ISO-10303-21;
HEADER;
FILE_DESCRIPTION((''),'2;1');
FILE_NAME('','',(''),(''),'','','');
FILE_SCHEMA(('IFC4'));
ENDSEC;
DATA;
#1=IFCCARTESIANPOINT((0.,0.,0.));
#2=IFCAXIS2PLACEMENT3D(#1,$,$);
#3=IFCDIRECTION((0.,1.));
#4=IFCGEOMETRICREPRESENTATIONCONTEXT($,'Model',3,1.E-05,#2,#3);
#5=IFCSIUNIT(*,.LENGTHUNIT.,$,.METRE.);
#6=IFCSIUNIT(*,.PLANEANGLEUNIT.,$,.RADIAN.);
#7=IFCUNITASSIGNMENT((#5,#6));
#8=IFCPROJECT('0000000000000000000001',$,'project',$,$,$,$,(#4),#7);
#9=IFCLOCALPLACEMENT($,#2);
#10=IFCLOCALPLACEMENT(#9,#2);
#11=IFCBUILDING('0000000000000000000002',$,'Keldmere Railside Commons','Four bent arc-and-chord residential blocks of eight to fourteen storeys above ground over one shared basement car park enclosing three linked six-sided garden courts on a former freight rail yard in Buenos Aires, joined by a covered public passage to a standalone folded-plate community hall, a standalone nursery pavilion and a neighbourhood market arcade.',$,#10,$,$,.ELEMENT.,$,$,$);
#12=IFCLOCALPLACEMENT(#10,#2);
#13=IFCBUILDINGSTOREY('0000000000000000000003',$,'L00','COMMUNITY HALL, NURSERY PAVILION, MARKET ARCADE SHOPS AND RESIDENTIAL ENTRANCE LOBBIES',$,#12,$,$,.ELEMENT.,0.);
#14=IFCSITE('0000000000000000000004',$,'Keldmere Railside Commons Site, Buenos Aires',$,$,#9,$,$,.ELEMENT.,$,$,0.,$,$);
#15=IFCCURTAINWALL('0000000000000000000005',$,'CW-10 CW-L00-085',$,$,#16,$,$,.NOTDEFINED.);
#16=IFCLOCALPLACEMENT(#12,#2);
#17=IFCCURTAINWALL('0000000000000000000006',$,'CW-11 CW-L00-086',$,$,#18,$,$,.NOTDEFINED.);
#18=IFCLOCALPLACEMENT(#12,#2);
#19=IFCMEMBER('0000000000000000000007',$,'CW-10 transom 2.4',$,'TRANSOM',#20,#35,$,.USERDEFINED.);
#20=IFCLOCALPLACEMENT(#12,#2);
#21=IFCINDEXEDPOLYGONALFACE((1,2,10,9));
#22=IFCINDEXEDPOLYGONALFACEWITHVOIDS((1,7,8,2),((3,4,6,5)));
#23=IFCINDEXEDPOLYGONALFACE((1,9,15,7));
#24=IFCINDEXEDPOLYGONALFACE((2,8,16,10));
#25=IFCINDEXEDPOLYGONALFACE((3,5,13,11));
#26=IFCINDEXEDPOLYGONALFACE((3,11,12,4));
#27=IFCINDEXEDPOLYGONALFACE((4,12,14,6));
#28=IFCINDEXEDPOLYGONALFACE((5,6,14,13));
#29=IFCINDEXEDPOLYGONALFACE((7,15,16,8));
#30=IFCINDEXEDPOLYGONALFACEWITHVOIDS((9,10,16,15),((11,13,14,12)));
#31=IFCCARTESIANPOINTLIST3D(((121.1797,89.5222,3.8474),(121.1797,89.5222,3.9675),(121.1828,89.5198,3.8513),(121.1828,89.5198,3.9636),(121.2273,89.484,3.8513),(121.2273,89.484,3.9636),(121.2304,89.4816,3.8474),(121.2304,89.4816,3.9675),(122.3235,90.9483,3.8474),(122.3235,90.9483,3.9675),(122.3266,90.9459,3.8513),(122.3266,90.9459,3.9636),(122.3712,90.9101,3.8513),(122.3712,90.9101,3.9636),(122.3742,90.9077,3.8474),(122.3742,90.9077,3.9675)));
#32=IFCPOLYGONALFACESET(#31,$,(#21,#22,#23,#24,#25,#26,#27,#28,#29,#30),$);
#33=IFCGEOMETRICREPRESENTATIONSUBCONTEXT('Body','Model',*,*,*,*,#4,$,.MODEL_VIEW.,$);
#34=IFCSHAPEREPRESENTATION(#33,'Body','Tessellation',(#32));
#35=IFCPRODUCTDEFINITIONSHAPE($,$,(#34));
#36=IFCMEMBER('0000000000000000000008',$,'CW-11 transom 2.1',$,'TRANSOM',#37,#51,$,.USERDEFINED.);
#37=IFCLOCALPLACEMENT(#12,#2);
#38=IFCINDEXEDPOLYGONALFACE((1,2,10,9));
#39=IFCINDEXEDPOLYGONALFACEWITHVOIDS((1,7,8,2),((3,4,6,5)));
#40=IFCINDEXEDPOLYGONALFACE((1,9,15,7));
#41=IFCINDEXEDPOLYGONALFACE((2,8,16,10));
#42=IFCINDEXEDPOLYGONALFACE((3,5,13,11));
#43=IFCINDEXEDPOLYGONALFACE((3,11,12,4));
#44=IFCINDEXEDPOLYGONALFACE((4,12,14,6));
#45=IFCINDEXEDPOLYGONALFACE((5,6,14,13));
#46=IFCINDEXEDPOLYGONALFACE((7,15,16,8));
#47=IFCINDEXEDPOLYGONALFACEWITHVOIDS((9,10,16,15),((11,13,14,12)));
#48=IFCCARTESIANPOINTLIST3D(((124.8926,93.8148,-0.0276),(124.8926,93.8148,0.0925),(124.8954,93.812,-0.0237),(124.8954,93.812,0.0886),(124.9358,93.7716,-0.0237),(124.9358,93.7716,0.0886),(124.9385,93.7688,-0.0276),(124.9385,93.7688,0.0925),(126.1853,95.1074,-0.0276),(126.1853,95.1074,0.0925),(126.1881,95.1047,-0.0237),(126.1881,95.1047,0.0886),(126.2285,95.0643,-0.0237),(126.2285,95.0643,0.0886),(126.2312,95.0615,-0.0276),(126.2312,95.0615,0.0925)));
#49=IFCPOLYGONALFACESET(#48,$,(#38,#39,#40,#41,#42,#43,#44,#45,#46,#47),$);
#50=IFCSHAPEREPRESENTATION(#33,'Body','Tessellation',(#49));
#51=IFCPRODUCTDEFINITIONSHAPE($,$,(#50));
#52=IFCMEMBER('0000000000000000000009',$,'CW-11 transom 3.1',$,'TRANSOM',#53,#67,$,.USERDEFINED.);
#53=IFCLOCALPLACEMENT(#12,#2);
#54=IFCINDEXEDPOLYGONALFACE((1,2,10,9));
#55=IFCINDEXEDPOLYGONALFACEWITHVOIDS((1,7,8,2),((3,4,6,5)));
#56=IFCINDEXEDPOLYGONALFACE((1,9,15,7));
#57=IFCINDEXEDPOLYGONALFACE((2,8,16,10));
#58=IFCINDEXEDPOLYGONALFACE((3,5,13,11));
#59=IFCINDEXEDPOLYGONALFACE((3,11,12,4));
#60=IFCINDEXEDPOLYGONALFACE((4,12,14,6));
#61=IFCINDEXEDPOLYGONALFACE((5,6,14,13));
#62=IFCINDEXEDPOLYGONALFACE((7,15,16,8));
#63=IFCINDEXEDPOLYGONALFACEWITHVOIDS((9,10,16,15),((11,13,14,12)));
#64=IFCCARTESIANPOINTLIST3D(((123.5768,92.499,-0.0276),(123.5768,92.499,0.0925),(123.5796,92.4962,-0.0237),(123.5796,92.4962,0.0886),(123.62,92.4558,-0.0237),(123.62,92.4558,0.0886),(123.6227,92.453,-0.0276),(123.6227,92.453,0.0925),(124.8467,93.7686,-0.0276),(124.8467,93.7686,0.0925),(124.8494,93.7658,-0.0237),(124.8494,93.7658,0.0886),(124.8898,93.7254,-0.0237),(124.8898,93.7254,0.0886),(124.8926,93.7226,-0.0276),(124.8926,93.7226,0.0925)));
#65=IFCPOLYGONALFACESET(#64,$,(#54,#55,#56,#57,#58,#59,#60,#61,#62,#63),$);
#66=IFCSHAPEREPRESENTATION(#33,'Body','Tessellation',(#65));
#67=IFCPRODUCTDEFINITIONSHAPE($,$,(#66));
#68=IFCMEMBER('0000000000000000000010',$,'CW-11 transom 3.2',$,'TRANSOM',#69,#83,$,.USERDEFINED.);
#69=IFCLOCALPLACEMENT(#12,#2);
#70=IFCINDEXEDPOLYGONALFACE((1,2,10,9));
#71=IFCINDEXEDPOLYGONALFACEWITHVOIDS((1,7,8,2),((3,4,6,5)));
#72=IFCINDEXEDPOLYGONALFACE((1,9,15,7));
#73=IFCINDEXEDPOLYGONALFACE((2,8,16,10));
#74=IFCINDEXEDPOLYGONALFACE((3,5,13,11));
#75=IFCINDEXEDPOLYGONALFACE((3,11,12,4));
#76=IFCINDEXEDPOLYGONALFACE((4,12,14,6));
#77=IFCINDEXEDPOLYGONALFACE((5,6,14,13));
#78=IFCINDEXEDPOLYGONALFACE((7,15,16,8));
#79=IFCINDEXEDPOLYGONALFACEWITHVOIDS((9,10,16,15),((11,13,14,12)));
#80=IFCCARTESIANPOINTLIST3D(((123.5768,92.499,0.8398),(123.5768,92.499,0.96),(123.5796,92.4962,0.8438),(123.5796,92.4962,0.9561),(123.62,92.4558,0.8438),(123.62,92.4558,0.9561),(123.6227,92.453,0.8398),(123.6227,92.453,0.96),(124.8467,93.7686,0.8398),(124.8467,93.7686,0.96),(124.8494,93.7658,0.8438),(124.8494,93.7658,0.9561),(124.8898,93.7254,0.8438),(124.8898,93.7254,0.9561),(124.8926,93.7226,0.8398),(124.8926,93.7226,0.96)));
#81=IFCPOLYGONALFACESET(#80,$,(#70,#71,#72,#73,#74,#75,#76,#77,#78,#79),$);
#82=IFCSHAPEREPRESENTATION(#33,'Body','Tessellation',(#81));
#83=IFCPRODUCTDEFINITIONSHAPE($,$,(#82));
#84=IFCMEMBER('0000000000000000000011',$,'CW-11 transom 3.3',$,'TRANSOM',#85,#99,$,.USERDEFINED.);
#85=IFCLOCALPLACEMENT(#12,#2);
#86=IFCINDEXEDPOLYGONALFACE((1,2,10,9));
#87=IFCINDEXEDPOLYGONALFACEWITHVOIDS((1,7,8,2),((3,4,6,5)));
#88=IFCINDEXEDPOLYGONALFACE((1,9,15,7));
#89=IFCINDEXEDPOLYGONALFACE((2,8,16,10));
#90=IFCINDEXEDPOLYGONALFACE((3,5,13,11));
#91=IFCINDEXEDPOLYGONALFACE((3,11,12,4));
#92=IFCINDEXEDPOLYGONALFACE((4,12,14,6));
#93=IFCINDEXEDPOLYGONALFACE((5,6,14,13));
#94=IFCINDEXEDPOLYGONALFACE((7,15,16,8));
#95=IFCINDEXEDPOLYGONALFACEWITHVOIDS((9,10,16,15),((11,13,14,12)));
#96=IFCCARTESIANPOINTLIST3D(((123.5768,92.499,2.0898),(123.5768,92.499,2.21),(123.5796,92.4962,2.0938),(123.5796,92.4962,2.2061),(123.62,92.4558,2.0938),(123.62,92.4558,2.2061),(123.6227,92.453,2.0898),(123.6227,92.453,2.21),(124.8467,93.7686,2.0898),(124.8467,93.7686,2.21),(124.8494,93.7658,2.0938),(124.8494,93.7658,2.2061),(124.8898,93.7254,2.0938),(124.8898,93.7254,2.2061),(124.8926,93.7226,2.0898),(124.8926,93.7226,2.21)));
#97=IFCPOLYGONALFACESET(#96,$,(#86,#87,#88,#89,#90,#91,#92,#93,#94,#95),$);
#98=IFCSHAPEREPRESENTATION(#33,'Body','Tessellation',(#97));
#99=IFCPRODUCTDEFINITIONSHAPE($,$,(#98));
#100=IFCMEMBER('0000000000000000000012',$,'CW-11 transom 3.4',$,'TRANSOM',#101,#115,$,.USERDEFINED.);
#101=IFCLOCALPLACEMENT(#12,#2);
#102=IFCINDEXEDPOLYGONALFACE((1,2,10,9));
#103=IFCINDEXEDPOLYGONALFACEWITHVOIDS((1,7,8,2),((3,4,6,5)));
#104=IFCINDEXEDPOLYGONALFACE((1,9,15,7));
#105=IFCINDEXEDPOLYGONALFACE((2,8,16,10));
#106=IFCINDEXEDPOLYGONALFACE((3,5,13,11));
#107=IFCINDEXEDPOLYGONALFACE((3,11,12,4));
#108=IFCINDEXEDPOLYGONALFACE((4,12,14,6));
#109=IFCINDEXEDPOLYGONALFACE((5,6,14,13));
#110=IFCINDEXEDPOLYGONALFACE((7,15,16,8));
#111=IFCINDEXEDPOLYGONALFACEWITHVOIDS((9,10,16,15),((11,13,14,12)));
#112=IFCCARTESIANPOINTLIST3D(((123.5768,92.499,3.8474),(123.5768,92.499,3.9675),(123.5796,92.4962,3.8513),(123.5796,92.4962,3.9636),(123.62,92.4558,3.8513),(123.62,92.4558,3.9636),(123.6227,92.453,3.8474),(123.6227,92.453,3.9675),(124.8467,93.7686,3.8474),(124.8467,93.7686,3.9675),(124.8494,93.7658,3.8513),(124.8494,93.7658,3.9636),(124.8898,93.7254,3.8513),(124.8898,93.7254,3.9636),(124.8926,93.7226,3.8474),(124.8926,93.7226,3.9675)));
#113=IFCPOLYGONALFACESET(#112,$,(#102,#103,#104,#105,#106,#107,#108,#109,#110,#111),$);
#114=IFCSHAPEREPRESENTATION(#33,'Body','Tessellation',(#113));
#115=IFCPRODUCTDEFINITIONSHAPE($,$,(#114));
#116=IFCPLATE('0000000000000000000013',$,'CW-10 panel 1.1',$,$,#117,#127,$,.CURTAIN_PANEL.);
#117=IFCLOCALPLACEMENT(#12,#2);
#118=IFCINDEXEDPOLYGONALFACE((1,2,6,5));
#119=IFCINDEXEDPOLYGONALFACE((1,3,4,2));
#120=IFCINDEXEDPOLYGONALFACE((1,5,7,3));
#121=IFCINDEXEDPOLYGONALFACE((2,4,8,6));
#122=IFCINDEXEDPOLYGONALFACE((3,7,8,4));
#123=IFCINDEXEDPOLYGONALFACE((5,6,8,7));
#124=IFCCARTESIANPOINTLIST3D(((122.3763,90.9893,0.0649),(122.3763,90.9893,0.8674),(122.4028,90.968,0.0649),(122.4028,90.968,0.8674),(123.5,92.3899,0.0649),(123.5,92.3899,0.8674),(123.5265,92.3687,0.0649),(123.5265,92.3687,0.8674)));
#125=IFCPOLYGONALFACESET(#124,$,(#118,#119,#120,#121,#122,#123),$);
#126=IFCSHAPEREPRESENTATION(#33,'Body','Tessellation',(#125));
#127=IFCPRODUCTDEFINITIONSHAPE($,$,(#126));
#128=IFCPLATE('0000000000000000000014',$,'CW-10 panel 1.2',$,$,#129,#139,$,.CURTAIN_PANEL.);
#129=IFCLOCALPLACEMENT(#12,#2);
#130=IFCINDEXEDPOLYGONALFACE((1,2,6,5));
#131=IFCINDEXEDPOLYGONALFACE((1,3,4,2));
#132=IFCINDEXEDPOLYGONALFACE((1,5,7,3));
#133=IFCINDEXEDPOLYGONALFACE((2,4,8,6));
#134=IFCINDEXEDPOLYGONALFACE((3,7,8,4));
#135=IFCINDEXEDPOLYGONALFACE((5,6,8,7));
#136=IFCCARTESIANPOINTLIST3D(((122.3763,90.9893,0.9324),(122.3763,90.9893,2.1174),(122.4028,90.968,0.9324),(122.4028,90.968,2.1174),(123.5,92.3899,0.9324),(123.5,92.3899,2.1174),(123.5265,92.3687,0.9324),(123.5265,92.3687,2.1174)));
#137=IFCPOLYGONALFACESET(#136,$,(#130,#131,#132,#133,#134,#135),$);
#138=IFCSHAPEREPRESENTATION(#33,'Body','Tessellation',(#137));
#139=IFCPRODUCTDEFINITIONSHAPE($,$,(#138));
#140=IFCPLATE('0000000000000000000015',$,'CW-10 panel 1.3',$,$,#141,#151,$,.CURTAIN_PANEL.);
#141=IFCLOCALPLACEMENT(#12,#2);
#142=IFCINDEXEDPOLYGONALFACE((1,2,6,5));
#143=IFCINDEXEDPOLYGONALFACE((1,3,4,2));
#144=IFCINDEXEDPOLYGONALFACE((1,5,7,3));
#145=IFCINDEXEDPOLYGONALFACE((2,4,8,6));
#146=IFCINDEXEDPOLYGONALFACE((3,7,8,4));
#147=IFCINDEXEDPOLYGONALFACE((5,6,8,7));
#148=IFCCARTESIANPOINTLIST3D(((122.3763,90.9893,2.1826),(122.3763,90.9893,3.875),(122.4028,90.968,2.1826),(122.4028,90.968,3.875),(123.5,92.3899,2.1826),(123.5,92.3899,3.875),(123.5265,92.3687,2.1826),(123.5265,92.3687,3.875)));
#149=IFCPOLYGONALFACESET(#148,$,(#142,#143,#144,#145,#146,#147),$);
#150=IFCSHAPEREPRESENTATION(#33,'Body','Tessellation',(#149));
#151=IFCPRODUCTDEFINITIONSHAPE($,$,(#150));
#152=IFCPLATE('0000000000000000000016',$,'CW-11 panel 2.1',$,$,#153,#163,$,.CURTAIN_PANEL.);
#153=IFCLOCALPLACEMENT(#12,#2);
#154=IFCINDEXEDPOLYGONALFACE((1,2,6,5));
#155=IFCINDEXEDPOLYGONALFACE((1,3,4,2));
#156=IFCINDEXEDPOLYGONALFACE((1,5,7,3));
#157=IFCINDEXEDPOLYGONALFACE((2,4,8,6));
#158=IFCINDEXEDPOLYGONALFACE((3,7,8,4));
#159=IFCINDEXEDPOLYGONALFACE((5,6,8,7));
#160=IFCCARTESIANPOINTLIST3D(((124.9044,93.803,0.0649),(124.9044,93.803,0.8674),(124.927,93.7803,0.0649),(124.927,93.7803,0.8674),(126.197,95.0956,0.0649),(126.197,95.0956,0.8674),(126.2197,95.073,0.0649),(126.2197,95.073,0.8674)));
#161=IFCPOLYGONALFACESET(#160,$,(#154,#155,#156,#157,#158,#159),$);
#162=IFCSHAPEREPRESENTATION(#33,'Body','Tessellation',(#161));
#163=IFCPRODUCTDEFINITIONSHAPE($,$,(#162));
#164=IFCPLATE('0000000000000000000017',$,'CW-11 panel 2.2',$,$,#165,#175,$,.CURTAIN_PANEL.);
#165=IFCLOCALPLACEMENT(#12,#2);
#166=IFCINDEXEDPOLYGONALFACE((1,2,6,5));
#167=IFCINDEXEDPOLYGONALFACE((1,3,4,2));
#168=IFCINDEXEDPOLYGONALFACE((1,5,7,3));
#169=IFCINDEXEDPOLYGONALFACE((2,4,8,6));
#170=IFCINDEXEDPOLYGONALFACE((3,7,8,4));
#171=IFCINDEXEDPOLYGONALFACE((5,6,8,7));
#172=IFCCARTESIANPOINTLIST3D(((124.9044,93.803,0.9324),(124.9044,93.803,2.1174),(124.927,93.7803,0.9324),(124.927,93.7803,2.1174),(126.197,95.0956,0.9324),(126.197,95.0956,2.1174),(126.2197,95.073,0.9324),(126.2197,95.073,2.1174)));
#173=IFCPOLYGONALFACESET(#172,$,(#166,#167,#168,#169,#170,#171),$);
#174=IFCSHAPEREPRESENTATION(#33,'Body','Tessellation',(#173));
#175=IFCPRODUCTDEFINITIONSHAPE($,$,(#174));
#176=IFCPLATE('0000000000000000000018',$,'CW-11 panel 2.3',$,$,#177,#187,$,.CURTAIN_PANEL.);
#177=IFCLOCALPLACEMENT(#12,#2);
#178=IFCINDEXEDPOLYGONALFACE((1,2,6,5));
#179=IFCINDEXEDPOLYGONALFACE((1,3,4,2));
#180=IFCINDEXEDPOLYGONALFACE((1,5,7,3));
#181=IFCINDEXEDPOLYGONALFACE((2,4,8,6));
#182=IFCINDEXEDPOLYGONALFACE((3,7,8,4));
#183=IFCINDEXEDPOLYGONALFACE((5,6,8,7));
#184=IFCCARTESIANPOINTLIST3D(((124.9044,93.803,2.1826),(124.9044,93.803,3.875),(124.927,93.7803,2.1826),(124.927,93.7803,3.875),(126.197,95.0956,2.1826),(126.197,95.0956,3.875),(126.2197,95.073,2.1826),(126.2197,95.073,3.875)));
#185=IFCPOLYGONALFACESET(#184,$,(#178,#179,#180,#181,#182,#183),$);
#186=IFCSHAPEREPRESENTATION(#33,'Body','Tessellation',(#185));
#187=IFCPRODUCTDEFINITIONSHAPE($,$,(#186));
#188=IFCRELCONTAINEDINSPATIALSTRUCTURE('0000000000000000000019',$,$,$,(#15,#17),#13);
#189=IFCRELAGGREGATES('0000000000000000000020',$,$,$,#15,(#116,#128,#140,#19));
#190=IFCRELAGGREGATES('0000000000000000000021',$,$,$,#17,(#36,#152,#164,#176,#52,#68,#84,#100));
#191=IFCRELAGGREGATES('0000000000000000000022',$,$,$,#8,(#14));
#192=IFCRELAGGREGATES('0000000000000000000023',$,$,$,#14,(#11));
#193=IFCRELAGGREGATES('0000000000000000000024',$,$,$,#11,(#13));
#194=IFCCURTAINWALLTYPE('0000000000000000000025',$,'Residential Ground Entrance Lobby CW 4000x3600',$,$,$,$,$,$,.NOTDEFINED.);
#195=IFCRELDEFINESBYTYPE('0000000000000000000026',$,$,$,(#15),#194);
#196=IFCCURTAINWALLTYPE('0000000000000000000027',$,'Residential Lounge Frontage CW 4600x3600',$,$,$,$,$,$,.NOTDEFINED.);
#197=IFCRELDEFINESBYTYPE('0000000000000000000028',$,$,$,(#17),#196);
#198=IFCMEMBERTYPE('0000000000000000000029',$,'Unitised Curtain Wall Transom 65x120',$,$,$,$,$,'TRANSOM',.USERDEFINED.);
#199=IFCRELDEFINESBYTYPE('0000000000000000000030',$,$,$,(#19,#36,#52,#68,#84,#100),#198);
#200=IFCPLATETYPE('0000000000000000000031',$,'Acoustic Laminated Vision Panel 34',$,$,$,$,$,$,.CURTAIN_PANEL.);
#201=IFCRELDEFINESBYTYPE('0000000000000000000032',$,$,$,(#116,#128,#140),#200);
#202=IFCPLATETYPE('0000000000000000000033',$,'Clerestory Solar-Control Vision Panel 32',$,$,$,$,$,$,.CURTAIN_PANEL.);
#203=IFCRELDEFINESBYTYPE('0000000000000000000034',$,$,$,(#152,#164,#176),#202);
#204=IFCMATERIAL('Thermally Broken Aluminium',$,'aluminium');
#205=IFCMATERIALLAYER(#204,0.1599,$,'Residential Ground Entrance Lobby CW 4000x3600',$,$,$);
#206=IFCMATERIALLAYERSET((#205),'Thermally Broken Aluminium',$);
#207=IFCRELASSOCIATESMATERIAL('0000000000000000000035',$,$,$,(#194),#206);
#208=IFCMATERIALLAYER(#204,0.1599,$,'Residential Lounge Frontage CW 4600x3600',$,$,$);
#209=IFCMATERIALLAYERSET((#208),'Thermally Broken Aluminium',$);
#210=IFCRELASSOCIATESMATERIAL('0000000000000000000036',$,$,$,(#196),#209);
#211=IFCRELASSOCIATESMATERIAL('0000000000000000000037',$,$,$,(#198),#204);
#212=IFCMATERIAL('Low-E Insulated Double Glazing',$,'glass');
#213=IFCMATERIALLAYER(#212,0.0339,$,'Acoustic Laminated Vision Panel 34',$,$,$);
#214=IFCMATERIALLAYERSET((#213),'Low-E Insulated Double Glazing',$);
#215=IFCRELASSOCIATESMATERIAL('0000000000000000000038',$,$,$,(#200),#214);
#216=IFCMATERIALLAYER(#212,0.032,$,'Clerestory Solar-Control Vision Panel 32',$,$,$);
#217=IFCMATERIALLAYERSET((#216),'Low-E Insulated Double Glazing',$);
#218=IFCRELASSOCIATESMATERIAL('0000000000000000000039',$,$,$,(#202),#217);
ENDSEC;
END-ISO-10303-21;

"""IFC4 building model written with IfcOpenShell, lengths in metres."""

from ifc_helpers import new_model, si_unit, direction, frame, origin, origin_2d, place, context, subcontext, project, spatial, rectangle, hollow_rectangle, extrude, material, layer, layer_set, material_profile, profile_set, type_object, element, aggregate, save


model = new_model("IFC4")

# Units and contexts
model_context = context("Model", 3, precision=1e-05, world=origin(), true_north=direction((0.0, 1.0)))
body_context = subcontext(model_context, "Body", "Model", "MODEL_VIEW")
ifc_project = project(units=[si_unit("LENGTHUNIT", "METRE"), si_unit("PLANEANGLEUNIT", "RADIAN")], contexts=[model_context])

# Site, building, storey
site_placement = place(None, origin())
site = spatial("IfcSite", under=ifc_project, at=site_placement, Name="Keldmere Railside Commons Site, Buenos Aires", CompositionType="ELEMENT", RefElevation=0.0)
building_placement = place(site_placement, origin())
building = spatial("IfcBuilding", under=site, at=building_placement, Name="Keldmere Railside Commons", Description="Four bent arc-and-chord residential blocks of eight to fourteen storeys above ground over one shared basement car park enclosing three linked six-sided garden courts on a former freight rail yard in Buenos Aires, joined by a covered public passage to a standalone folded-plate community hall, a standalone nursery pavilion and a neighbourhood market arcade.", CompositionType="ELEMENT")
storey_placement = place(building_placement, origin())
storey = spatial("IfcBuildingStorey", under=building, at=storey_placement, Name="L00", Description="COMMUNITY HALL, NURSERY PAVILION, MARKET ARCADE SHOPS AND RESIDENTIAL ENTRANCE LOBBIES", CompositionType="ELEMENT", Elevation=0.0)

# Curtain walls
ifc_material_1 = material(Name="Thermally Broken Aluminium", Category="aluminium")
ifc_layer_1 = layer(ifc_material_1, 0.1599, Name="Residential Ground Entrance Lobby CW 4000x3600")
ifc_layer_set_1 = layer_set([ifc_layer_1], Name="Thermally Broken Aluminium")
curtain_wall_type_1 = type_object("IfcCurtainWallType", Name="Residential Ground Entrance Lobby CW 4000x3600", PredefinedType="NOTDEFINED", material=ifc_layer_set_1)
curtain_wall_1_placement = place(storey_placement, origin())
curtain_wall_1 = element("IfcCurtainWall", 1, at=curtain_wall_1_placement, inside=storey, type_object=curtain_wall_type_1, Name="CW-10 CW-L00-085", PredefinedType="NOTDEFINED")
ifc_layer_2 = layer(ifc_material_1, 0.1599, Name="Residential Lounge Frontage CW 4600x3600")
ifc_layer_set_2 = layer_set([ifc_layer_2], Name="Thermally Broken Aluminium")
curtain_wall_type_2 = type_object("IfcCurtainWallType", Name="Residential Lounge Frontage CW 4600x3600", PredefinedType="NOTDEFINED", material=ifc_layer_set_2)
curtain_wall_2_placement = place(storey_placement, origin())
curtain_wall_2 = element("IfcCurtainWall", 2, at=curtain_wall_2_placement, inside=storey, type_object=curtain_wall_type_2, Name="CW-11 CW-L00-086", PredefinedType="NOTDEFINED")

# Members
ifc_material_profile_1 = material_profile(ifc_material_1, hollow_rectangle(XDim=0.0649, YDim=0.1201, WallThickness=0.0039, at=origin_2d()), Name="ALU-TRAN-65x120")
ifc_profile_set_1 = profile_set([ifc_material_profile_1], Name="Thermally Broken Aluminium")
member_type_1 = type_object("IfcMemberType", Name="Unitised Curtain Wall Transom 65x120", ElementType="TRANSOM", PredefinedType="USERDEFINED", material=ifc_profile_set_1)
member_1_placement = place(storey_placement, frame((122.3489, 90.928, 3.9075), z_axis=(-0.625688, -0.780073, 0.0), x_axis=(0.780073, -0.625688, 0.0)))
member_1 = element("IfcMember", 3, at=member_1_placement, type_object=member_type_1, Name="CW-10 transom 2.4", ObjectType="TRANSOM", PredefinedType="USERDEFINED", context=body_context, shape_type="SweptSolid", body=[
    extrude(hollow_rectangle(XDim=0.0649, YDim=0.1201, WallThickness=0.0039, at=origin_2d()), origin(), (0.0, 0.0, 1.0), 1.8281),
])
member_2_placement = place(storey_placement, frame((126.2083, 95.0845, 0.0325), z_axis=(-0.707107, -0.707107, 0.0), x_axis=(0.707107, -0.707107, 0.0)))
member_2 = element("IfcMember", 4, at=member_2_placement, type_object=member_type_1, Name="CW-11 transom 2.1", ObjectType="TRANSOM", PredefinedType="USERDEFINED", context=body_context, shape_type="SweptSolid", body=[
    extrude(hollow_rectangle(XDim=0.0649, YDim=0.1201, WallThickness=0.0039, at=origin_2d()), origin(), (0.0, 0.0, 1.0), 1.8281),
])
member_3_placement = place(storey_placement, frame((124.8696, 93.7456, 0.0325), z_axis=(-0.707175, -0.707039, 0.0), x_axis=(0.707039, -0.707175, 0.0)))
member_3 = element("IfcMember", 5, at=member_3_placement, type_object=member_type_1, Name="CW-11 transom 3.1", ObjectType="TRANSOM", PredefinedType="USERDEFINED", context=body_context, shape_type="SweptSolid", body=[
    extrude(hollow_rectangle(XDim=0.0649, YDim=0.1201, WallThickness=0.0039, at=origin_2d()), origin(), (0.0, 0.0, 1.0), 1.7957),
])
member_4_placement = place(storey_placement, frame((124.8696, 93.7456, 0.8999), z_axis=(-0.707175, -0.707039, 0.0), x_axis=(0.707039, -0.707175, 0.0)))
member_4 = element("IfcMember", 6, at=member_4_placement, type_object=member_type_1, Name="CW-11 transom 3.2", ObjectType="TRANSOM", PredefinedType="USERDEFINED", context=body_context, shape_type="SweptSolid", body=[
    extrude(hollow_rectangle(XDim=0.0649, YDim=0.1201, WallThickness=0.0039, at=origin_2d()), origin(), (0.0, 0.0, 1.0), 1.7957),
])
member_5_placement = place(storey_placement, frame((124.8696, 93.7456, 2.1499), z_axis=(-0.707175, -0.707039, 0.0), x_axis=(0.707039, -0.707175, 0.0)))
member_5 = element("IfcMember", 7, at=member_5_placement, type_object=member_type_1, Name="CW-11 transom 3.3", ObjectType="TRANSOM", PredefinedType="USERDEFINED", context=body_context, shape_type="SweptSolid", body=[
    extrude(hollow_rectangle(XDim=0.0649, YDim=0.1201, WallThickness=0.0039, at=origin_2d()), origin(), (0.0, 0.0, 1.0), 1.7957),
])
member_6_placement = place(storey_placement, frame((124.8696, 93.7456, 3.9075), z_axis=(-0.707175, -0.707039, 0.0), x_axis=(0.707039, -0.707175, 0.0)))
member_6 = element("IfcMember", 8, at=member_6_placement, type_object=member_type_1, Name="CW-11 transom 3.4", ObjectType="TRANSOM", PredefinedType="USERDEFINED", context=body_context, shape_type="SweptSolid", body=[
    extrude(hollow_rectangle(XDim=0.0649, YDim=0.1201, WallThickness=0.0039, at=origin_2d()), origin(), (0.0, 0.0, 1.0), 1.7957),
])

# Plates
ifc_material_2 = material(Name="Low-E Insulated Double Glazing", Category="glass")
ifc_layer_3 = layer(ifc_material_2, 0.0339, Name="Acoustic Laminated Vision Panel 34")
ifc_layer_set_3 = layer_set([ifc_layer_3], Name="Low-E Insulated Double Glazing")
plate_type_1 = type_object("IfcPlateType", Name="Acoustic Laminated Vision Panel 34", PredefinedType="CURTAIN_PANEL", material=ifc_layer_set_3)
plate_1_placement = place(storey_placement, frame((122.9514, 91.679, 0.0649), z_axis=(0.0, 0.0, 1.0), x_axis=(-0.625768, -0.780009, 0.0)))
plate_1 = element("IfcPlate", 9, at=plate_1_placement, type_object=plate_type_1, Name="CW-10 panel 1.1", PredefinedType="CURTAIN_PANEL", context=body_context, shape_type="SweptSolid", body=[
    extrude(rectangle(XDim=1.7957, YDim=0.0339, at=origin_2d()), origin(), (0.0, 0.0, 1.0), 0.8025),
])
plate_2_placement = place(storey_placement, frame((122.9514, 91.679, 0.9324), z_axis=(0.0, 0.0, 1.0), x_axis=(-0.625768, -0.780009, 0.0)))
plate_2 = element("IfcPlate", 10, at=plate_2_placement, type_object=plate_type_1, Name="CW-10 panel 1.2", PredefinedType="CURTAIN_PANEL", context=body_context, shape_type="SweptSolid", body=[
    extrude(rectangle(XDim=1.7957, YDim=0.0339, at=origin_2d()), origin(), (0.0, 0.0, 1.0), 1.1851),
])
plate_3_placement = place(storey_placement, frame((122.9514, 91.679, 2.1826), z_axis=(0.0, 0.0, 1.0), x_axis=(-0.625768, -0.780009, 0.0)))
plate_3 = element("IfcPlate", 11, at=plate_3_placement, type_object=plate_type_1, Name="CW-10 panel 1.3", PredefinedType="CURTAIN_PANEL", context=body_context, shape_type="SweptSolid", body=[
    extrude(rectangle(XDim=1.7957, YDim=0.0339, at=origin_2d()), origin(), (0.0, 0.0, 1.0), 1.6924),
])
aggregate(curtain_wall_1, [plate_1, plate_2, plate_3, member_1])
ifc_layer_4 = layer(ifc_material_2, 0.032, Name="Clerestory Solar-Control Vision Panel 32")
ifc_layer_set_4 = layer_set([ifc_layer_4], Name="Low-E Insulated Double Glazing")
plate_type_2 = type_object("IfcPlateType", Name="Clerestory Solar-Control Vision Panel 32", PredefinedType="CURTAIN_PANEL", material=ifc_layer_set_4)
plate_4_placement = place(storey_placement, frame((125.562, 94.438, 0.0649), z_axis=(0.0, 0.0, 1.0), x_axis=(-0.707107, -0.707107, 0.0)))
plate_4 = element("IfcPlate", 12, at=plate_4_placement, type_object=plate_type_2, Name="CW-11 panel 2.1", PredefinedType="CURTAIN_PANEL", context=body_context, shape_type="SweptSolid", body=[
    extrude(rectangle(XDim=1.8281, YDim=0.032, at=origin_2d()), origin(), (0.0, 0.0, 1.0), 0.8025),
])
plate_5_placement = place(storey_placement, frame((125.562, 94.438, 0.9324), z_axis=(0.0, 0.0, 1.0), x_axis=(-0.707107, -0.707107, 0.0)))
plate_5 = element("IfcPlate", 13, at=plate_5_placement, type_object=plate_type_2, Name="CW-11 panel 2.2", PredefinedType="CURTAIN_PANEL", context=body_context, shape_type="SweptSolid", body=[
    extrude(rectangle(XDim=1.8281, YDim=0.032, at=origin_2d()), origin(), (0.0, 0.0, 1.0), 1.1851),
])
plate_6_placement = place(storey_placement, frame((125.562, 94.438, 2.1826), z_axis=(0.0, 0.0, 1.0), x_axis=(-0.707107, -0.707107, 0.0)))
plate_6 = element("IfcPlate", 14, at=plate_6_placement, type_object=plate_type_2, Name="CW-11 panel 2.3", PredefinedType="CURTAIN_PANEL", context=body_context, shape_type="SweptSolid", body=[
    extrude(rectangle(XDim=1.8281, YDim=0.032, at=origin_2d()), origin(), (0.0, 0.0, 1.0), 1.6924),
])
aggregate(curtain_wall_2, [member_2, plate_4, plate_5, plate_6, member_3, member_4, member_5, member_6])

save(model, "model.ifc")
